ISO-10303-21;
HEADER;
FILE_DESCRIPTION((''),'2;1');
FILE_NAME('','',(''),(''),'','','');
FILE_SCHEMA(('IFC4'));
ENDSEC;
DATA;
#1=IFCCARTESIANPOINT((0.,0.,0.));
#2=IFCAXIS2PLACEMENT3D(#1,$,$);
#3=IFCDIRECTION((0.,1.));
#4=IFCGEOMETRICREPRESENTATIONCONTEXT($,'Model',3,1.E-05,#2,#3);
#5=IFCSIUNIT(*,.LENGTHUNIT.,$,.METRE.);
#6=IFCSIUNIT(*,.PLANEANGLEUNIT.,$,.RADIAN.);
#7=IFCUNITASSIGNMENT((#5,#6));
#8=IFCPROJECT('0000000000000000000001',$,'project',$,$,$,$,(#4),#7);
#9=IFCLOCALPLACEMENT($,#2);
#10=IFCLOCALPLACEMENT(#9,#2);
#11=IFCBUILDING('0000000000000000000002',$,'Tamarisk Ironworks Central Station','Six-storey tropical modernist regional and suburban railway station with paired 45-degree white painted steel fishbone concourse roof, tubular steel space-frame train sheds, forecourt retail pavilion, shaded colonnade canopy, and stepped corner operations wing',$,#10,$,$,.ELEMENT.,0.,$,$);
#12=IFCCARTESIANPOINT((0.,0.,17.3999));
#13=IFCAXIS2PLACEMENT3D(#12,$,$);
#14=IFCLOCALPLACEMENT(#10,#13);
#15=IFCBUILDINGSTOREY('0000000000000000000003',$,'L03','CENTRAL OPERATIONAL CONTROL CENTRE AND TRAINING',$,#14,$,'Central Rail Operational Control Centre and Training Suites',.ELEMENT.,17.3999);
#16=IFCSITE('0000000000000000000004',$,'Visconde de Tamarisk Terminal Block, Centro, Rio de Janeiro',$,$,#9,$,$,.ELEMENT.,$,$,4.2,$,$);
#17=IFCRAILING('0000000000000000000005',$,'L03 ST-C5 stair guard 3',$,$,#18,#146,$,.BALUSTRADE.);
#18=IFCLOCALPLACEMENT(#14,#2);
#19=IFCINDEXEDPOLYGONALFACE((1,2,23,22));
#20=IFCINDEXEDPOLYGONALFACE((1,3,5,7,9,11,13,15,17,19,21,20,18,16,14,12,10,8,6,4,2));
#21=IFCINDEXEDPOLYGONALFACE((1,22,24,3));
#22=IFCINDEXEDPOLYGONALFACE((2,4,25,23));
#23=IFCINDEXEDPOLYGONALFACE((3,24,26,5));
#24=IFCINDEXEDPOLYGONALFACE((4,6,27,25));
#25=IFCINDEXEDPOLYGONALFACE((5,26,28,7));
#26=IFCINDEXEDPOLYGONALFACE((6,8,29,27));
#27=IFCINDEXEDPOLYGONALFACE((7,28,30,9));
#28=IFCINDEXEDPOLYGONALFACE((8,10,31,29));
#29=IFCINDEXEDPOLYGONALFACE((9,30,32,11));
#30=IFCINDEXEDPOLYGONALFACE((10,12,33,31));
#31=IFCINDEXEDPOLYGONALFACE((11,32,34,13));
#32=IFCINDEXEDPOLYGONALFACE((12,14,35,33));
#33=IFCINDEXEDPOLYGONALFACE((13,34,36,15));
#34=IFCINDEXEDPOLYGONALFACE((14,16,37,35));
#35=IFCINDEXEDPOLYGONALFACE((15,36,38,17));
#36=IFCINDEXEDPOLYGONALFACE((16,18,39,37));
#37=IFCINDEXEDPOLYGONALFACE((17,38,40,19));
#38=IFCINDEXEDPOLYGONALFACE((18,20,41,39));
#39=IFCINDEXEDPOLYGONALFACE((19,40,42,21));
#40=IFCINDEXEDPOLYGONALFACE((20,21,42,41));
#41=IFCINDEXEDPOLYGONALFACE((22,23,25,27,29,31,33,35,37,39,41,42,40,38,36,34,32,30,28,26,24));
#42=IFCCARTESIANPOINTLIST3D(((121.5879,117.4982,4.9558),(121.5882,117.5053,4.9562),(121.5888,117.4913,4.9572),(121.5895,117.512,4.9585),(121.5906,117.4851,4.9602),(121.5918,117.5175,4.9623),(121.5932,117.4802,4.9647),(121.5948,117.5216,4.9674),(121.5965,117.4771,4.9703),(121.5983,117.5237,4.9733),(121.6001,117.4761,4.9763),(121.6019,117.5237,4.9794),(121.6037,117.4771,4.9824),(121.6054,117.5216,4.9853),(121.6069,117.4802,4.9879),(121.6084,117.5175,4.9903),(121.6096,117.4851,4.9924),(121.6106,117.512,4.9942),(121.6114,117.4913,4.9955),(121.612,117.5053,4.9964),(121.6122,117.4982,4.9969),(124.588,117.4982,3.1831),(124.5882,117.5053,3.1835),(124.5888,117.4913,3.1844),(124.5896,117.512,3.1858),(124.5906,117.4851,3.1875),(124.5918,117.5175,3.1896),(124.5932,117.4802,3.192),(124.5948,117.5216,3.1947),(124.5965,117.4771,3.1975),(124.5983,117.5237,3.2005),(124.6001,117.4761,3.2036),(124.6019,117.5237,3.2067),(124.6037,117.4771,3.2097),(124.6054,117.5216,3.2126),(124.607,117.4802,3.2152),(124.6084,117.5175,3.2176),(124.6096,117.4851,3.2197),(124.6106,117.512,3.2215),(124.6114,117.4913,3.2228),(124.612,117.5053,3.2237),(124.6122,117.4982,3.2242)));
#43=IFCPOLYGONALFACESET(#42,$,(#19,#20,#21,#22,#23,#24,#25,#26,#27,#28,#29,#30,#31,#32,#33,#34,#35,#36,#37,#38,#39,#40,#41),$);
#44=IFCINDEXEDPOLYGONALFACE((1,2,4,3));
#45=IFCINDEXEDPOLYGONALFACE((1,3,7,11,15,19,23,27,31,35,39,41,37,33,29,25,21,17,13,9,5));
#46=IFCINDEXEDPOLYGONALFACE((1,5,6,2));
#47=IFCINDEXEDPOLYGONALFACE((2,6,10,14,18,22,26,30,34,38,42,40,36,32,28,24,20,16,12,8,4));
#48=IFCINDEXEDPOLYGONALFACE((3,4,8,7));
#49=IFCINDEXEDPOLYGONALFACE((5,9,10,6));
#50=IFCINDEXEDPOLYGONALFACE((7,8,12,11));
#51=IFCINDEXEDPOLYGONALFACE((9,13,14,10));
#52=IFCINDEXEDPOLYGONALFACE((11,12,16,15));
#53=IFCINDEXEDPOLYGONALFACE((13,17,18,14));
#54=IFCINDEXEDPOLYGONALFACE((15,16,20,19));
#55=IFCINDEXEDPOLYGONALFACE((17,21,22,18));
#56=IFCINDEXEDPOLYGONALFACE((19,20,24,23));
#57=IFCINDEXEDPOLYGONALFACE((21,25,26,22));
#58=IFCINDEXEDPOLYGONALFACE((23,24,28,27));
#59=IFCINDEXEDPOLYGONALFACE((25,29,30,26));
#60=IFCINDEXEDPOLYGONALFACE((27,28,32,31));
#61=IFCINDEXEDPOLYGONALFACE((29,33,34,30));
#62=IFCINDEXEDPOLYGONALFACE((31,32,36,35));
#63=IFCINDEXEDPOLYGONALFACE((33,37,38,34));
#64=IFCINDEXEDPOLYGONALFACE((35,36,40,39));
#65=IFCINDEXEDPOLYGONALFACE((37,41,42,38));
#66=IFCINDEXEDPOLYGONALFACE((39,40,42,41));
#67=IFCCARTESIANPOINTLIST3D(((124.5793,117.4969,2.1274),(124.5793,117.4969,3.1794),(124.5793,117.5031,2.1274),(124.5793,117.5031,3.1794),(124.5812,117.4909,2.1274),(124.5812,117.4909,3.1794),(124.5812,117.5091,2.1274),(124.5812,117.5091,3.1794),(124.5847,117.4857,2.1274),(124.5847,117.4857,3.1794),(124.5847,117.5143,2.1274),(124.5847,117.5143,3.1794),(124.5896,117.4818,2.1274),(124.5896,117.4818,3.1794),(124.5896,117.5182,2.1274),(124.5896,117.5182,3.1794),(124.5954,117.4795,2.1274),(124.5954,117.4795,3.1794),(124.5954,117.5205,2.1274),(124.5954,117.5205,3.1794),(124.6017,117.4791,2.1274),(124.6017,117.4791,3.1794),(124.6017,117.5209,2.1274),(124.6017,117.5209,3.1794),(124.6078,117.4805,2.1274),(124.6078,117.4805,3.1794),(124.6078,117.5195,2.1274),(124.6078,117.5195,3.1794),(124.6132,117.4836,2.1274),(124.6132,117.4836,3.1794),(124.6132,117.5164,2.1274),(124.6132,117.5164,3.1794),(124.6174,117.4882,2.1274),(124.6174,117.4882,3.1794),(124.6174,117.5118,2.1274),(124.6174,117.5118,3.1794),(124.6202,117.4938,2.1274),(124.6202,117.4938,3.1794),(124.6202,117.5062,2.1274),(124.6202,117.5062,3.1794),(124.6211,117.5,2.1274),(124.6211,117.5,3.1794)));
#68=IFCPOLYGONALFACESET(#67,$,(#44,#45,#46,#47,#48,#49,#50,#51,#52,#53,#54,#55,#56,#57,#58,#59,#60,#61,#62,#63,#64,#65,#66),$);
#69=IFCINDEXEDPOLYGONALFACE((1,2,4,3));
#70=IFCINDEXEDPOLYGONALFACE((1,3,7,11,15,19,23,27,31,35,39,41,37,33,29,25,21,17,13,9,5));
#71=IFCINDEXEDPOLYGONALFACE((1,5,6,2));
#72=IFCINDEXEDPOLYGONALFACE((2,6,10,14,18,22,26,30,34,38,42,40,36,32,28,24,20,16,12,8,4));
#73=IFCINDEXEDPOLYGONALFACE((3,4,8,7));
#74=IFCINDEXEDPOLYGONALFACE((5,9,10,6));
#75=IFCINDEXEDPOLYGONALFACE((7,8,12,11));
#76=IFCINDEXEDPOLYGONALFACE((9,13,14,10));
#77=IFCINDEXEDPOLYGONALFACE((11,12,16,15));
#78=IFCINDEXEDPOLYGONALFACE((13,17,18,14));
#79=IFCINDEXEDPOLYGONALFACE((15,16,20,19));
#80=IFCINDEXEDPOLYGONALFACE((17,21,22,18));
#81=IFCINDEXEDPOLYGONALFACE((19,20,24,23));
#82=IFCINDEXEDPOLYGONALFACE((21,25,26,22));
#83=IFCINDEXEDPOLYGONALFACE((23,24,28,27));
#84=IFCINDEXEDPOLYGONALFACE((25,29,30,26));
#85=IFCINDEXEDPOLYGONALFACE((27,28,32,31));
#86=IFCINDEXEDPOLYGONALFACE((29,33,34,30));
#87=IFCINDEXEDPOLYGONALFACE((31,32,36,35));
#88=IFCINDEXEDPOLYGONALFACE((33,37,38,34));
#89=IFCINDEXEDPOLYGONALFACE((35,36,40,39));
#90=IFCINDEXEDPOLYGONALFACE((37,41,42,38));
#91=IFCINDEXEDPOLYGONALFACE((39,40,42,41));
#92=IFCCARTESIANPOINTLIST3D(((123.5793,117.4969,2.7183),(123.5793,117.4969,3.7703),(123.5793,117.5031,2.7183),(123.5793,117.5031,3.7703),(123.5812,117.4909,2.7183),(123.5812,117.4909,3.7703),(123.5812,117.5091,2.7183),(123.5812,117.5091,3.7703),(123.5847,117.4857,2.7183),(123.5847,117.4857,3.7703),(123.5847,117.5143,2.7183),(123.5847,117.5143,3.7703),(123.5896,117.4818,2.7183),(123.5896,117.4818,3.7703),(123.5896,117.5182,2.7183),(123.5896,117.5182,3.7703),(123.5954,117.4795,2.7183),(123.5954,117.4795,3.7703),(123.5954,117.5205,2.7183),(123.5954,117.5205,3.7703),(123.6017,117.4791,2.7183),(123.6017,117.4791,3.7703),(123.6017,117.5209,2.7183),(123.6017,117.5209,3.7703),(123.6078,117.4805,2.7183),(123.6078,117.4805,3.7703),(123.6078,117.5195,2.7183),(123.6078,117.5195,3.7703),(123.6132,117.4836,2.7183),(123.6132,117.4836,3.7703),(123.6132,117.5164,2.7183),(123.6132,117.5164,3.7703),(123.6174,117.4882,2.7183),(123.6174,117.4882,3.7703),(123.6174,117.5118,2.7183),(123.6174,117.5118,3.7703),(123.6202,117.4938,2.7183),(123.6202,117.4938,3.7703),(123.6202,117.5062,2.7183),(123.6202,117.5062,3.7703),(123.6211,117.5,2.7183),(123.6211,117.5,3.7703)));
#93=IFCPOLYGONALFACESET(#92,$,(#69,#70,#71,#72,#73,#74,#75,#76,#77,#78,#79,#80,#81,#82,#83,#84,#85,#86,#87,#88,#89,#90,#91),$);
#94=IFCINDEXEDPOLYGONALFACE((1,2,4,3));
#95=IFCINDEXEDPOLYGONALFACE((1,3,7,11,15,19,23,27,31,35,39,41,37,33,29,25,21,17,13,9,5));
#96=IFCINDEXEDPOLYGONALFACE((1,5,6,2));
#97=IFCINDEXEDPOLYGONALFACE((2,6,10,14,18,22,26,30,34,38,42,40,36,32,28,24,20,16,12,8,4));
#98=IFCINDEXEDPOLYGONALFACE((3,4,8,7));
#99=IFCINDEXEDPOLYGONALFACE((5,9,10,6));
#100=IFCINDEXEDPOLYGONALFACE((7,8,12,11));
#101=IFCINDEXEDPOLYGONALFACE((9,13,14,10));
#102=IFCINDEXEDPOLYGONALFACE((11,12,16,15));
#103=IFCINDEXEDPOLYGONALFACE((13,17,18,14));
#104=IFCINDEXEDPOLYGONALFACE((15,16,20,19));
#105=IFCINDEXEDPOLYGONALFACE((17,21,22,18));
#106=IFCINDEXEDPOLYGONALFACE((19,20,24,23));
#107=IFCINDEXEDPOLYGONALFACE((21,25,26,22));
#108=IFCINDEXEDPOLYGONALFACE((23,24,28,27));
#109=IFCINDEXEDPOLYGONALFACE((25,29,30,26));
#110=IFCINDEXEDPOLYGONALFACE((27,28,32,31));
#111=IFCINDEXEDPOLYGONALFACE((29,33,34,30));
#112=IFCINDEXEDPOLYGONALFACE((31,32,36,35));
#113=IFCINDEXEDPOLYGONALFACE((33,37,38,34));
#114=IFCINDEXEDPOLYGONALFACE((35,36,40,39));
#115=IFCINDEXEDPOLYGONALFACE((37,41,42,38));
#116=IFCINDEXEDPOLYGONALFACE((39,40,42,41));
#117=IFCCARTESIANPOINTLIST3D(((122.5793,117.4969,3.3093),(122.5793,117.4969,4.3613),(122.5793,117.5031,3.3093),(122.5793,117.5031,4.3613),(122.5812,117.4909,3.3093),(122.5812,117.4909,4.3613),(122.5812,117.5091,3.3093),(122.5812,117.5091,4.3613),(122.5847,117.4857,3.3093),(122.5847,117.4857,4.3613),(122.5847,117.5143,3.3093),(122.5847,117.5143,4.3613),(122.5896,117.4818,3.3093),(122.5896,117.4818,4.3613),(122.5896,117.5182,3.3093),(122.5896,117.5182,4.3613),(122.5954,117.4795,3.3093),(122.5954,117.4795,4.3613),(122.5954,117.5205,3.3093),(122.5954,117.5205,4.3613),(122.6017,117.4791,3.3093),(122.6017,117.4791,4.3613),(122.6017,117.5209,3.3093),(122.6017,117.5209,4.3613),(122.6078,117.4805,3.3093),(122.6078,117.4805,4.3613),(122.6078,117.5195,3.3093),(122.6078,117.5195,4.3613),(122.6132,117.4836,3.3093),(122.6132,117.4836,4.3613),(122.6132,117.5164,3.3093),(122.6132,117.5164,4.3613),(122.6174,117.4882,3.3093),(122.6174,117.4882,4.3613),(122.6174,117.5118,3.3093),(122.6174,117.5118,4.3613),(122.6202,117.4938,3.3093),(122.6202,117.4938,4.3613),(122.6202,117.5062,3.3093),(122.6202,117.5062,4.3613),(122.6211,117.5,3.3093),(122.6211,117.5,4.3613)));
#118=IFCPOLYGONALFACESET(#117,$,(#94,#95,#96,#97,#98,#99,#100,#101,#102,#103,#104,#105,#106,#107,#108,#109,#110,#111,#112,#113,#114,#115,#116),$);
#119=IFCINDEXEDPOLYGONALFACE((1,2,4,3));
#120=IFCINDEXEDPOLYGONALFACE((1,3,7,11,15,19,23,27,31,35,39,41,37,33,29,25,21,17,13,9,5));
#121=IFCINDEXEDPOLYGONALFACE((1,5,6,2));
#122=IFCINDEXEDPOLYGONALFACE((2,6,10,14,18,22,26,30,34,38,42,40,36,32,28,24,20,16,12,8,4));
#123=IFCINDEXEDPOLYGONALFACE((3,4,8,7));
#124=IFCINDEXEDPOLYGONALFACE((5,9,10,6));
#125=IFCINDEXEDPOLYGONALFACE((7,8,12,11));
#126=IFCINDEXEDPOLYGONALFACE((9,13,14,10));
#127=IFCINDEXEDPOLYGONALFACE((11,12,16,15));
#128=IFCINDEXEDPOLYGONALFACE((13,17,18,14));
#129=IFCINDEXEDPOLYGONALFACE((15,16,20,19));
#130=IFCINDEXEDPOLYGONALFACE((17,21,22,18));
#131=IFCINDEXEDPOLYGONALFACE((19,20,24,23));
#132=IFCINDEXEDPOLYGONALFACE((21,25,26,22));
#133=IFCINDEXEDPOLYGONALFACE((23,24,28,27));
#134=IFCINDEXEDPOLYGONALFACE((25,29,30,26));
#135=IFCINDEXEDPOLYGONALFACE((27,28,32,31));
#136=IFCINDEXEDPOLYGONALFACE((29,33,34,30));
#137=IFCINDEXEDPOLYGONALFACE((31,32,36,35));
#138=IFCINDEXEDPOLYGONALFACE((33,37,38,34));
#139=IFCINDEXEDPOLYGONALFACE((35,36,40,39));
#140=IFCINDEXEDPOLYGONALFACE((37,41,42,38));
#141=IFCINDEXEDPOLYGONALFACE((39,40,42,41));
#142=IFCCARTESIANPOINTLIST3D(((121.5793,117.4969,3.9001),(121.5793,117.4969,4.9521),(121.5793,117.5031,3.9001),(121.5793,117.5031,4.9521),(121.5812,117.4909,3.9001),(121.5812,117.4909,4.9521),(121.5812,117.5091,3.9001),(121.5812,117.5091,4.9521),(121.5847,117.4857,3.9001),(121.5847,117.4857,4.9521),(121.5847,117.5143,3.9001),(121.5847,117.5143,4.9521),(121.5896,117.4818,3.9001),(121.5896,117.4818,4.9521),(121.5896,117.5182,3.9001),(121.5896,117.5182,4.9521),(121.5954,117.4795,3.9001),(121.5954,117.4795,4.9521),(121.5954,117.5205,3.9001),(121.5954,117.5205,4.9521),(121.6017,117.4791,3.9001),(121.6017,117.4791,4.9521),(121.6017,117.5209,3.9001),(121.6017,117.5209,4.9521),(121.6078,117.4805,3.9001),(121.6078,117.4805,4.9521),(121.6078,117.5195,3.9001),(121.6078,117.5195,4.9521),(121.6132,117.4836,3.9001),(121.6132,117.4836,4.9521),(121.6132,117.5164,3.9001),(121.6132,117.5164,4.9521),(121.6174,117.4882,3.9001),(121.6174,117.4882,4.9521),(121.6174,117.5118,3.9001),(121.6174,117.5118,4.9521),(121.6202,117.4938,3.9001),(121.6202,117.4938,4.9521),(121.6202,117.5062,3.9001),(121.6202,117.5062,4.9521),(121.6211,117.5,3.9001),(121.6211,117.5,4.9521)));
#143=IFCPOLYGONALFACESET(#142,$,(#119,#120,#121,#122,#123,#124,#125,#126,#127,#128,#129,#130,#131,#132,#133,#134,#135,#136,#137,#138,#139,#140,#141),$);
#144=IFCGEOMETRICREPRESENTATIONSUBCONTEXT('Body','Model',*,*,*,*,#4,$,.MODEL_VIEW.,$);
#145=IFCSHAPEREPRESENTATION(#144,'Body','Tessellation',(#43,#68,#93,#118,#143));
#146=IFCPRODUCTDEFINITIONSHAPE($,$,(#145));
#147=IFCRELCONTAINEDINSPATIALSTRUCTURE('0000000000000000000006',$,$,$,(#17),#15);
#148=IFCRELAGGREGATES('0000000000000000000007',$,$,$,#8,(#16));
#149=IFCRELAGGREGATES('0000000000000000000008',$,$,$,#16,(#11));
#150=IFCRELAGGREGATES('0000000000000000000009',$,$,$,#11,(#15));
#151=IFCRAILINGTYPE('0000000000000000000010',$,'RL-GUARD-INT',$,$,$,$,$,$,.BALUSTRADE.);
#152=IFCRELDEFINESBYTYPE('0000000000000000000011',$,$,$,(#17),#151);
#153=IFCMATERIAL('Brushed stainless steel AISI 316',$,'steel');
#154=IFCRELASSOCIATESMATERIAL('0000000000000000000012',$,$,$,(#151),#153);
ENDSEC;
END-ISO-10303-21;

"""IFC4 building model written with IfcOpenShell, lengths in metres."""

from ifc_helpers import new_model, si_unit, direction, frame, origin, origin_2d, place, context, subcontext, project, spatial, circle, extrude, material, type_object, element, save


model = new_model("IFC4")

# Units and contexts
model_context = context("Model", 3, precision=1e-05, world=origin(), true_north=direction((0.0, 1.0)))
body_context = subcontext(model_context, "Body", "Model", "MODEL_VIEW")
ifc_project = project(units=[si_unit("LENGTHUNIT", "METRE"), si_unit("PLANEANGLEUNIT", "RADIAN")], contexts=[model_context])

# Site, building, storey
site_placement = place(None, origin())
site = spatial("IfcSite", under=ifc_project, at=site_placement, Name="Visconde de Tamarisk Terminal Block, Centro, Rio de Janeiro", CompositionType="ELEMENT", RefElevation=4.2)
building_placement = place(site_placement, origin())
building = spatial("IfcBuilding", under=site, at=building_placement, Name="Tamarisk Ironworks Central Station", Description="Six-storey tropical modernist regional and suburban railway station with paired 45-degree white painted steel fishbone concourse roof, tubular steel space-frame train sheds, forecourt retail pavilion, shaded colonnade canopy, and stepped corner operations wing", CompositionType="ELEMENT", ElevationOfRefHeight=0.0)
storey_placement = place(building_placement, frame((0.0, 0.0, 17.3999)))
storey = spatial("IfcBuildingStorey", under=building, at=storey_placement, Name="L03", Description="CENTRAL OPERATIONAL CONTROL CENTRE AND TRAINING", LongName="Central Rail Operational Control Centre and Training Suites", CompositionType="ELEMENT", Elevation=17.3999)

# Railing
ifc_material_1 = material(Name="Brushed stainless steel AISI 316", Category="steel")
railing_type_1 = type_object("IfcRailingType", Name="RL-GUARD-INT", PredefinedType="BALUSTRADE", material=ifc_material_1)
railing_1_placement = place(storey_placement, frame((124.6001, 117.5, 2.1274)))
element("IfcRailing", 1, at=railing_1_placement, inside=storey, type_object=railing_type_1, Name="L03 ST-C5 stair guard 3", PredefinedType="BALUSTRADE", context=body_context, shape_type="SweptSolid", body=[
    extrude(circle(Radius=0.0239, at=origin_2d()), frame((0.0, 0.0, 1.0762), z_axis=(-0.860929, 0.0, 0.508725), x_axis=(0.0, -1.0, 0.0)), (0.0, 0.0, 1.0), 3.4846),
    extrude(circle(Radius=0.021, at=origin_2d()), origin(), (0.0, 0.0, 1.0), 1.052),
    extrude(circle(Radius=0.021, at=origin_2d()), frame((-1.0, 0.0, 0.5908)), (0.0, 0.0, 1.0), 1.052),
    extrude(circle(Radius=0.021, at=origin_2d()), frame((-2.0, 0.0, 1.1819)), (0.0, 0.0, 1.0), 1.052),
    extrude(circle(Radius=0.021, at=origin_2d()), frame((-3.0, 0.0, 1.7727)), (0.0, 0.0, 1.0), 1.052),
])

save(model, "model.ifc")
